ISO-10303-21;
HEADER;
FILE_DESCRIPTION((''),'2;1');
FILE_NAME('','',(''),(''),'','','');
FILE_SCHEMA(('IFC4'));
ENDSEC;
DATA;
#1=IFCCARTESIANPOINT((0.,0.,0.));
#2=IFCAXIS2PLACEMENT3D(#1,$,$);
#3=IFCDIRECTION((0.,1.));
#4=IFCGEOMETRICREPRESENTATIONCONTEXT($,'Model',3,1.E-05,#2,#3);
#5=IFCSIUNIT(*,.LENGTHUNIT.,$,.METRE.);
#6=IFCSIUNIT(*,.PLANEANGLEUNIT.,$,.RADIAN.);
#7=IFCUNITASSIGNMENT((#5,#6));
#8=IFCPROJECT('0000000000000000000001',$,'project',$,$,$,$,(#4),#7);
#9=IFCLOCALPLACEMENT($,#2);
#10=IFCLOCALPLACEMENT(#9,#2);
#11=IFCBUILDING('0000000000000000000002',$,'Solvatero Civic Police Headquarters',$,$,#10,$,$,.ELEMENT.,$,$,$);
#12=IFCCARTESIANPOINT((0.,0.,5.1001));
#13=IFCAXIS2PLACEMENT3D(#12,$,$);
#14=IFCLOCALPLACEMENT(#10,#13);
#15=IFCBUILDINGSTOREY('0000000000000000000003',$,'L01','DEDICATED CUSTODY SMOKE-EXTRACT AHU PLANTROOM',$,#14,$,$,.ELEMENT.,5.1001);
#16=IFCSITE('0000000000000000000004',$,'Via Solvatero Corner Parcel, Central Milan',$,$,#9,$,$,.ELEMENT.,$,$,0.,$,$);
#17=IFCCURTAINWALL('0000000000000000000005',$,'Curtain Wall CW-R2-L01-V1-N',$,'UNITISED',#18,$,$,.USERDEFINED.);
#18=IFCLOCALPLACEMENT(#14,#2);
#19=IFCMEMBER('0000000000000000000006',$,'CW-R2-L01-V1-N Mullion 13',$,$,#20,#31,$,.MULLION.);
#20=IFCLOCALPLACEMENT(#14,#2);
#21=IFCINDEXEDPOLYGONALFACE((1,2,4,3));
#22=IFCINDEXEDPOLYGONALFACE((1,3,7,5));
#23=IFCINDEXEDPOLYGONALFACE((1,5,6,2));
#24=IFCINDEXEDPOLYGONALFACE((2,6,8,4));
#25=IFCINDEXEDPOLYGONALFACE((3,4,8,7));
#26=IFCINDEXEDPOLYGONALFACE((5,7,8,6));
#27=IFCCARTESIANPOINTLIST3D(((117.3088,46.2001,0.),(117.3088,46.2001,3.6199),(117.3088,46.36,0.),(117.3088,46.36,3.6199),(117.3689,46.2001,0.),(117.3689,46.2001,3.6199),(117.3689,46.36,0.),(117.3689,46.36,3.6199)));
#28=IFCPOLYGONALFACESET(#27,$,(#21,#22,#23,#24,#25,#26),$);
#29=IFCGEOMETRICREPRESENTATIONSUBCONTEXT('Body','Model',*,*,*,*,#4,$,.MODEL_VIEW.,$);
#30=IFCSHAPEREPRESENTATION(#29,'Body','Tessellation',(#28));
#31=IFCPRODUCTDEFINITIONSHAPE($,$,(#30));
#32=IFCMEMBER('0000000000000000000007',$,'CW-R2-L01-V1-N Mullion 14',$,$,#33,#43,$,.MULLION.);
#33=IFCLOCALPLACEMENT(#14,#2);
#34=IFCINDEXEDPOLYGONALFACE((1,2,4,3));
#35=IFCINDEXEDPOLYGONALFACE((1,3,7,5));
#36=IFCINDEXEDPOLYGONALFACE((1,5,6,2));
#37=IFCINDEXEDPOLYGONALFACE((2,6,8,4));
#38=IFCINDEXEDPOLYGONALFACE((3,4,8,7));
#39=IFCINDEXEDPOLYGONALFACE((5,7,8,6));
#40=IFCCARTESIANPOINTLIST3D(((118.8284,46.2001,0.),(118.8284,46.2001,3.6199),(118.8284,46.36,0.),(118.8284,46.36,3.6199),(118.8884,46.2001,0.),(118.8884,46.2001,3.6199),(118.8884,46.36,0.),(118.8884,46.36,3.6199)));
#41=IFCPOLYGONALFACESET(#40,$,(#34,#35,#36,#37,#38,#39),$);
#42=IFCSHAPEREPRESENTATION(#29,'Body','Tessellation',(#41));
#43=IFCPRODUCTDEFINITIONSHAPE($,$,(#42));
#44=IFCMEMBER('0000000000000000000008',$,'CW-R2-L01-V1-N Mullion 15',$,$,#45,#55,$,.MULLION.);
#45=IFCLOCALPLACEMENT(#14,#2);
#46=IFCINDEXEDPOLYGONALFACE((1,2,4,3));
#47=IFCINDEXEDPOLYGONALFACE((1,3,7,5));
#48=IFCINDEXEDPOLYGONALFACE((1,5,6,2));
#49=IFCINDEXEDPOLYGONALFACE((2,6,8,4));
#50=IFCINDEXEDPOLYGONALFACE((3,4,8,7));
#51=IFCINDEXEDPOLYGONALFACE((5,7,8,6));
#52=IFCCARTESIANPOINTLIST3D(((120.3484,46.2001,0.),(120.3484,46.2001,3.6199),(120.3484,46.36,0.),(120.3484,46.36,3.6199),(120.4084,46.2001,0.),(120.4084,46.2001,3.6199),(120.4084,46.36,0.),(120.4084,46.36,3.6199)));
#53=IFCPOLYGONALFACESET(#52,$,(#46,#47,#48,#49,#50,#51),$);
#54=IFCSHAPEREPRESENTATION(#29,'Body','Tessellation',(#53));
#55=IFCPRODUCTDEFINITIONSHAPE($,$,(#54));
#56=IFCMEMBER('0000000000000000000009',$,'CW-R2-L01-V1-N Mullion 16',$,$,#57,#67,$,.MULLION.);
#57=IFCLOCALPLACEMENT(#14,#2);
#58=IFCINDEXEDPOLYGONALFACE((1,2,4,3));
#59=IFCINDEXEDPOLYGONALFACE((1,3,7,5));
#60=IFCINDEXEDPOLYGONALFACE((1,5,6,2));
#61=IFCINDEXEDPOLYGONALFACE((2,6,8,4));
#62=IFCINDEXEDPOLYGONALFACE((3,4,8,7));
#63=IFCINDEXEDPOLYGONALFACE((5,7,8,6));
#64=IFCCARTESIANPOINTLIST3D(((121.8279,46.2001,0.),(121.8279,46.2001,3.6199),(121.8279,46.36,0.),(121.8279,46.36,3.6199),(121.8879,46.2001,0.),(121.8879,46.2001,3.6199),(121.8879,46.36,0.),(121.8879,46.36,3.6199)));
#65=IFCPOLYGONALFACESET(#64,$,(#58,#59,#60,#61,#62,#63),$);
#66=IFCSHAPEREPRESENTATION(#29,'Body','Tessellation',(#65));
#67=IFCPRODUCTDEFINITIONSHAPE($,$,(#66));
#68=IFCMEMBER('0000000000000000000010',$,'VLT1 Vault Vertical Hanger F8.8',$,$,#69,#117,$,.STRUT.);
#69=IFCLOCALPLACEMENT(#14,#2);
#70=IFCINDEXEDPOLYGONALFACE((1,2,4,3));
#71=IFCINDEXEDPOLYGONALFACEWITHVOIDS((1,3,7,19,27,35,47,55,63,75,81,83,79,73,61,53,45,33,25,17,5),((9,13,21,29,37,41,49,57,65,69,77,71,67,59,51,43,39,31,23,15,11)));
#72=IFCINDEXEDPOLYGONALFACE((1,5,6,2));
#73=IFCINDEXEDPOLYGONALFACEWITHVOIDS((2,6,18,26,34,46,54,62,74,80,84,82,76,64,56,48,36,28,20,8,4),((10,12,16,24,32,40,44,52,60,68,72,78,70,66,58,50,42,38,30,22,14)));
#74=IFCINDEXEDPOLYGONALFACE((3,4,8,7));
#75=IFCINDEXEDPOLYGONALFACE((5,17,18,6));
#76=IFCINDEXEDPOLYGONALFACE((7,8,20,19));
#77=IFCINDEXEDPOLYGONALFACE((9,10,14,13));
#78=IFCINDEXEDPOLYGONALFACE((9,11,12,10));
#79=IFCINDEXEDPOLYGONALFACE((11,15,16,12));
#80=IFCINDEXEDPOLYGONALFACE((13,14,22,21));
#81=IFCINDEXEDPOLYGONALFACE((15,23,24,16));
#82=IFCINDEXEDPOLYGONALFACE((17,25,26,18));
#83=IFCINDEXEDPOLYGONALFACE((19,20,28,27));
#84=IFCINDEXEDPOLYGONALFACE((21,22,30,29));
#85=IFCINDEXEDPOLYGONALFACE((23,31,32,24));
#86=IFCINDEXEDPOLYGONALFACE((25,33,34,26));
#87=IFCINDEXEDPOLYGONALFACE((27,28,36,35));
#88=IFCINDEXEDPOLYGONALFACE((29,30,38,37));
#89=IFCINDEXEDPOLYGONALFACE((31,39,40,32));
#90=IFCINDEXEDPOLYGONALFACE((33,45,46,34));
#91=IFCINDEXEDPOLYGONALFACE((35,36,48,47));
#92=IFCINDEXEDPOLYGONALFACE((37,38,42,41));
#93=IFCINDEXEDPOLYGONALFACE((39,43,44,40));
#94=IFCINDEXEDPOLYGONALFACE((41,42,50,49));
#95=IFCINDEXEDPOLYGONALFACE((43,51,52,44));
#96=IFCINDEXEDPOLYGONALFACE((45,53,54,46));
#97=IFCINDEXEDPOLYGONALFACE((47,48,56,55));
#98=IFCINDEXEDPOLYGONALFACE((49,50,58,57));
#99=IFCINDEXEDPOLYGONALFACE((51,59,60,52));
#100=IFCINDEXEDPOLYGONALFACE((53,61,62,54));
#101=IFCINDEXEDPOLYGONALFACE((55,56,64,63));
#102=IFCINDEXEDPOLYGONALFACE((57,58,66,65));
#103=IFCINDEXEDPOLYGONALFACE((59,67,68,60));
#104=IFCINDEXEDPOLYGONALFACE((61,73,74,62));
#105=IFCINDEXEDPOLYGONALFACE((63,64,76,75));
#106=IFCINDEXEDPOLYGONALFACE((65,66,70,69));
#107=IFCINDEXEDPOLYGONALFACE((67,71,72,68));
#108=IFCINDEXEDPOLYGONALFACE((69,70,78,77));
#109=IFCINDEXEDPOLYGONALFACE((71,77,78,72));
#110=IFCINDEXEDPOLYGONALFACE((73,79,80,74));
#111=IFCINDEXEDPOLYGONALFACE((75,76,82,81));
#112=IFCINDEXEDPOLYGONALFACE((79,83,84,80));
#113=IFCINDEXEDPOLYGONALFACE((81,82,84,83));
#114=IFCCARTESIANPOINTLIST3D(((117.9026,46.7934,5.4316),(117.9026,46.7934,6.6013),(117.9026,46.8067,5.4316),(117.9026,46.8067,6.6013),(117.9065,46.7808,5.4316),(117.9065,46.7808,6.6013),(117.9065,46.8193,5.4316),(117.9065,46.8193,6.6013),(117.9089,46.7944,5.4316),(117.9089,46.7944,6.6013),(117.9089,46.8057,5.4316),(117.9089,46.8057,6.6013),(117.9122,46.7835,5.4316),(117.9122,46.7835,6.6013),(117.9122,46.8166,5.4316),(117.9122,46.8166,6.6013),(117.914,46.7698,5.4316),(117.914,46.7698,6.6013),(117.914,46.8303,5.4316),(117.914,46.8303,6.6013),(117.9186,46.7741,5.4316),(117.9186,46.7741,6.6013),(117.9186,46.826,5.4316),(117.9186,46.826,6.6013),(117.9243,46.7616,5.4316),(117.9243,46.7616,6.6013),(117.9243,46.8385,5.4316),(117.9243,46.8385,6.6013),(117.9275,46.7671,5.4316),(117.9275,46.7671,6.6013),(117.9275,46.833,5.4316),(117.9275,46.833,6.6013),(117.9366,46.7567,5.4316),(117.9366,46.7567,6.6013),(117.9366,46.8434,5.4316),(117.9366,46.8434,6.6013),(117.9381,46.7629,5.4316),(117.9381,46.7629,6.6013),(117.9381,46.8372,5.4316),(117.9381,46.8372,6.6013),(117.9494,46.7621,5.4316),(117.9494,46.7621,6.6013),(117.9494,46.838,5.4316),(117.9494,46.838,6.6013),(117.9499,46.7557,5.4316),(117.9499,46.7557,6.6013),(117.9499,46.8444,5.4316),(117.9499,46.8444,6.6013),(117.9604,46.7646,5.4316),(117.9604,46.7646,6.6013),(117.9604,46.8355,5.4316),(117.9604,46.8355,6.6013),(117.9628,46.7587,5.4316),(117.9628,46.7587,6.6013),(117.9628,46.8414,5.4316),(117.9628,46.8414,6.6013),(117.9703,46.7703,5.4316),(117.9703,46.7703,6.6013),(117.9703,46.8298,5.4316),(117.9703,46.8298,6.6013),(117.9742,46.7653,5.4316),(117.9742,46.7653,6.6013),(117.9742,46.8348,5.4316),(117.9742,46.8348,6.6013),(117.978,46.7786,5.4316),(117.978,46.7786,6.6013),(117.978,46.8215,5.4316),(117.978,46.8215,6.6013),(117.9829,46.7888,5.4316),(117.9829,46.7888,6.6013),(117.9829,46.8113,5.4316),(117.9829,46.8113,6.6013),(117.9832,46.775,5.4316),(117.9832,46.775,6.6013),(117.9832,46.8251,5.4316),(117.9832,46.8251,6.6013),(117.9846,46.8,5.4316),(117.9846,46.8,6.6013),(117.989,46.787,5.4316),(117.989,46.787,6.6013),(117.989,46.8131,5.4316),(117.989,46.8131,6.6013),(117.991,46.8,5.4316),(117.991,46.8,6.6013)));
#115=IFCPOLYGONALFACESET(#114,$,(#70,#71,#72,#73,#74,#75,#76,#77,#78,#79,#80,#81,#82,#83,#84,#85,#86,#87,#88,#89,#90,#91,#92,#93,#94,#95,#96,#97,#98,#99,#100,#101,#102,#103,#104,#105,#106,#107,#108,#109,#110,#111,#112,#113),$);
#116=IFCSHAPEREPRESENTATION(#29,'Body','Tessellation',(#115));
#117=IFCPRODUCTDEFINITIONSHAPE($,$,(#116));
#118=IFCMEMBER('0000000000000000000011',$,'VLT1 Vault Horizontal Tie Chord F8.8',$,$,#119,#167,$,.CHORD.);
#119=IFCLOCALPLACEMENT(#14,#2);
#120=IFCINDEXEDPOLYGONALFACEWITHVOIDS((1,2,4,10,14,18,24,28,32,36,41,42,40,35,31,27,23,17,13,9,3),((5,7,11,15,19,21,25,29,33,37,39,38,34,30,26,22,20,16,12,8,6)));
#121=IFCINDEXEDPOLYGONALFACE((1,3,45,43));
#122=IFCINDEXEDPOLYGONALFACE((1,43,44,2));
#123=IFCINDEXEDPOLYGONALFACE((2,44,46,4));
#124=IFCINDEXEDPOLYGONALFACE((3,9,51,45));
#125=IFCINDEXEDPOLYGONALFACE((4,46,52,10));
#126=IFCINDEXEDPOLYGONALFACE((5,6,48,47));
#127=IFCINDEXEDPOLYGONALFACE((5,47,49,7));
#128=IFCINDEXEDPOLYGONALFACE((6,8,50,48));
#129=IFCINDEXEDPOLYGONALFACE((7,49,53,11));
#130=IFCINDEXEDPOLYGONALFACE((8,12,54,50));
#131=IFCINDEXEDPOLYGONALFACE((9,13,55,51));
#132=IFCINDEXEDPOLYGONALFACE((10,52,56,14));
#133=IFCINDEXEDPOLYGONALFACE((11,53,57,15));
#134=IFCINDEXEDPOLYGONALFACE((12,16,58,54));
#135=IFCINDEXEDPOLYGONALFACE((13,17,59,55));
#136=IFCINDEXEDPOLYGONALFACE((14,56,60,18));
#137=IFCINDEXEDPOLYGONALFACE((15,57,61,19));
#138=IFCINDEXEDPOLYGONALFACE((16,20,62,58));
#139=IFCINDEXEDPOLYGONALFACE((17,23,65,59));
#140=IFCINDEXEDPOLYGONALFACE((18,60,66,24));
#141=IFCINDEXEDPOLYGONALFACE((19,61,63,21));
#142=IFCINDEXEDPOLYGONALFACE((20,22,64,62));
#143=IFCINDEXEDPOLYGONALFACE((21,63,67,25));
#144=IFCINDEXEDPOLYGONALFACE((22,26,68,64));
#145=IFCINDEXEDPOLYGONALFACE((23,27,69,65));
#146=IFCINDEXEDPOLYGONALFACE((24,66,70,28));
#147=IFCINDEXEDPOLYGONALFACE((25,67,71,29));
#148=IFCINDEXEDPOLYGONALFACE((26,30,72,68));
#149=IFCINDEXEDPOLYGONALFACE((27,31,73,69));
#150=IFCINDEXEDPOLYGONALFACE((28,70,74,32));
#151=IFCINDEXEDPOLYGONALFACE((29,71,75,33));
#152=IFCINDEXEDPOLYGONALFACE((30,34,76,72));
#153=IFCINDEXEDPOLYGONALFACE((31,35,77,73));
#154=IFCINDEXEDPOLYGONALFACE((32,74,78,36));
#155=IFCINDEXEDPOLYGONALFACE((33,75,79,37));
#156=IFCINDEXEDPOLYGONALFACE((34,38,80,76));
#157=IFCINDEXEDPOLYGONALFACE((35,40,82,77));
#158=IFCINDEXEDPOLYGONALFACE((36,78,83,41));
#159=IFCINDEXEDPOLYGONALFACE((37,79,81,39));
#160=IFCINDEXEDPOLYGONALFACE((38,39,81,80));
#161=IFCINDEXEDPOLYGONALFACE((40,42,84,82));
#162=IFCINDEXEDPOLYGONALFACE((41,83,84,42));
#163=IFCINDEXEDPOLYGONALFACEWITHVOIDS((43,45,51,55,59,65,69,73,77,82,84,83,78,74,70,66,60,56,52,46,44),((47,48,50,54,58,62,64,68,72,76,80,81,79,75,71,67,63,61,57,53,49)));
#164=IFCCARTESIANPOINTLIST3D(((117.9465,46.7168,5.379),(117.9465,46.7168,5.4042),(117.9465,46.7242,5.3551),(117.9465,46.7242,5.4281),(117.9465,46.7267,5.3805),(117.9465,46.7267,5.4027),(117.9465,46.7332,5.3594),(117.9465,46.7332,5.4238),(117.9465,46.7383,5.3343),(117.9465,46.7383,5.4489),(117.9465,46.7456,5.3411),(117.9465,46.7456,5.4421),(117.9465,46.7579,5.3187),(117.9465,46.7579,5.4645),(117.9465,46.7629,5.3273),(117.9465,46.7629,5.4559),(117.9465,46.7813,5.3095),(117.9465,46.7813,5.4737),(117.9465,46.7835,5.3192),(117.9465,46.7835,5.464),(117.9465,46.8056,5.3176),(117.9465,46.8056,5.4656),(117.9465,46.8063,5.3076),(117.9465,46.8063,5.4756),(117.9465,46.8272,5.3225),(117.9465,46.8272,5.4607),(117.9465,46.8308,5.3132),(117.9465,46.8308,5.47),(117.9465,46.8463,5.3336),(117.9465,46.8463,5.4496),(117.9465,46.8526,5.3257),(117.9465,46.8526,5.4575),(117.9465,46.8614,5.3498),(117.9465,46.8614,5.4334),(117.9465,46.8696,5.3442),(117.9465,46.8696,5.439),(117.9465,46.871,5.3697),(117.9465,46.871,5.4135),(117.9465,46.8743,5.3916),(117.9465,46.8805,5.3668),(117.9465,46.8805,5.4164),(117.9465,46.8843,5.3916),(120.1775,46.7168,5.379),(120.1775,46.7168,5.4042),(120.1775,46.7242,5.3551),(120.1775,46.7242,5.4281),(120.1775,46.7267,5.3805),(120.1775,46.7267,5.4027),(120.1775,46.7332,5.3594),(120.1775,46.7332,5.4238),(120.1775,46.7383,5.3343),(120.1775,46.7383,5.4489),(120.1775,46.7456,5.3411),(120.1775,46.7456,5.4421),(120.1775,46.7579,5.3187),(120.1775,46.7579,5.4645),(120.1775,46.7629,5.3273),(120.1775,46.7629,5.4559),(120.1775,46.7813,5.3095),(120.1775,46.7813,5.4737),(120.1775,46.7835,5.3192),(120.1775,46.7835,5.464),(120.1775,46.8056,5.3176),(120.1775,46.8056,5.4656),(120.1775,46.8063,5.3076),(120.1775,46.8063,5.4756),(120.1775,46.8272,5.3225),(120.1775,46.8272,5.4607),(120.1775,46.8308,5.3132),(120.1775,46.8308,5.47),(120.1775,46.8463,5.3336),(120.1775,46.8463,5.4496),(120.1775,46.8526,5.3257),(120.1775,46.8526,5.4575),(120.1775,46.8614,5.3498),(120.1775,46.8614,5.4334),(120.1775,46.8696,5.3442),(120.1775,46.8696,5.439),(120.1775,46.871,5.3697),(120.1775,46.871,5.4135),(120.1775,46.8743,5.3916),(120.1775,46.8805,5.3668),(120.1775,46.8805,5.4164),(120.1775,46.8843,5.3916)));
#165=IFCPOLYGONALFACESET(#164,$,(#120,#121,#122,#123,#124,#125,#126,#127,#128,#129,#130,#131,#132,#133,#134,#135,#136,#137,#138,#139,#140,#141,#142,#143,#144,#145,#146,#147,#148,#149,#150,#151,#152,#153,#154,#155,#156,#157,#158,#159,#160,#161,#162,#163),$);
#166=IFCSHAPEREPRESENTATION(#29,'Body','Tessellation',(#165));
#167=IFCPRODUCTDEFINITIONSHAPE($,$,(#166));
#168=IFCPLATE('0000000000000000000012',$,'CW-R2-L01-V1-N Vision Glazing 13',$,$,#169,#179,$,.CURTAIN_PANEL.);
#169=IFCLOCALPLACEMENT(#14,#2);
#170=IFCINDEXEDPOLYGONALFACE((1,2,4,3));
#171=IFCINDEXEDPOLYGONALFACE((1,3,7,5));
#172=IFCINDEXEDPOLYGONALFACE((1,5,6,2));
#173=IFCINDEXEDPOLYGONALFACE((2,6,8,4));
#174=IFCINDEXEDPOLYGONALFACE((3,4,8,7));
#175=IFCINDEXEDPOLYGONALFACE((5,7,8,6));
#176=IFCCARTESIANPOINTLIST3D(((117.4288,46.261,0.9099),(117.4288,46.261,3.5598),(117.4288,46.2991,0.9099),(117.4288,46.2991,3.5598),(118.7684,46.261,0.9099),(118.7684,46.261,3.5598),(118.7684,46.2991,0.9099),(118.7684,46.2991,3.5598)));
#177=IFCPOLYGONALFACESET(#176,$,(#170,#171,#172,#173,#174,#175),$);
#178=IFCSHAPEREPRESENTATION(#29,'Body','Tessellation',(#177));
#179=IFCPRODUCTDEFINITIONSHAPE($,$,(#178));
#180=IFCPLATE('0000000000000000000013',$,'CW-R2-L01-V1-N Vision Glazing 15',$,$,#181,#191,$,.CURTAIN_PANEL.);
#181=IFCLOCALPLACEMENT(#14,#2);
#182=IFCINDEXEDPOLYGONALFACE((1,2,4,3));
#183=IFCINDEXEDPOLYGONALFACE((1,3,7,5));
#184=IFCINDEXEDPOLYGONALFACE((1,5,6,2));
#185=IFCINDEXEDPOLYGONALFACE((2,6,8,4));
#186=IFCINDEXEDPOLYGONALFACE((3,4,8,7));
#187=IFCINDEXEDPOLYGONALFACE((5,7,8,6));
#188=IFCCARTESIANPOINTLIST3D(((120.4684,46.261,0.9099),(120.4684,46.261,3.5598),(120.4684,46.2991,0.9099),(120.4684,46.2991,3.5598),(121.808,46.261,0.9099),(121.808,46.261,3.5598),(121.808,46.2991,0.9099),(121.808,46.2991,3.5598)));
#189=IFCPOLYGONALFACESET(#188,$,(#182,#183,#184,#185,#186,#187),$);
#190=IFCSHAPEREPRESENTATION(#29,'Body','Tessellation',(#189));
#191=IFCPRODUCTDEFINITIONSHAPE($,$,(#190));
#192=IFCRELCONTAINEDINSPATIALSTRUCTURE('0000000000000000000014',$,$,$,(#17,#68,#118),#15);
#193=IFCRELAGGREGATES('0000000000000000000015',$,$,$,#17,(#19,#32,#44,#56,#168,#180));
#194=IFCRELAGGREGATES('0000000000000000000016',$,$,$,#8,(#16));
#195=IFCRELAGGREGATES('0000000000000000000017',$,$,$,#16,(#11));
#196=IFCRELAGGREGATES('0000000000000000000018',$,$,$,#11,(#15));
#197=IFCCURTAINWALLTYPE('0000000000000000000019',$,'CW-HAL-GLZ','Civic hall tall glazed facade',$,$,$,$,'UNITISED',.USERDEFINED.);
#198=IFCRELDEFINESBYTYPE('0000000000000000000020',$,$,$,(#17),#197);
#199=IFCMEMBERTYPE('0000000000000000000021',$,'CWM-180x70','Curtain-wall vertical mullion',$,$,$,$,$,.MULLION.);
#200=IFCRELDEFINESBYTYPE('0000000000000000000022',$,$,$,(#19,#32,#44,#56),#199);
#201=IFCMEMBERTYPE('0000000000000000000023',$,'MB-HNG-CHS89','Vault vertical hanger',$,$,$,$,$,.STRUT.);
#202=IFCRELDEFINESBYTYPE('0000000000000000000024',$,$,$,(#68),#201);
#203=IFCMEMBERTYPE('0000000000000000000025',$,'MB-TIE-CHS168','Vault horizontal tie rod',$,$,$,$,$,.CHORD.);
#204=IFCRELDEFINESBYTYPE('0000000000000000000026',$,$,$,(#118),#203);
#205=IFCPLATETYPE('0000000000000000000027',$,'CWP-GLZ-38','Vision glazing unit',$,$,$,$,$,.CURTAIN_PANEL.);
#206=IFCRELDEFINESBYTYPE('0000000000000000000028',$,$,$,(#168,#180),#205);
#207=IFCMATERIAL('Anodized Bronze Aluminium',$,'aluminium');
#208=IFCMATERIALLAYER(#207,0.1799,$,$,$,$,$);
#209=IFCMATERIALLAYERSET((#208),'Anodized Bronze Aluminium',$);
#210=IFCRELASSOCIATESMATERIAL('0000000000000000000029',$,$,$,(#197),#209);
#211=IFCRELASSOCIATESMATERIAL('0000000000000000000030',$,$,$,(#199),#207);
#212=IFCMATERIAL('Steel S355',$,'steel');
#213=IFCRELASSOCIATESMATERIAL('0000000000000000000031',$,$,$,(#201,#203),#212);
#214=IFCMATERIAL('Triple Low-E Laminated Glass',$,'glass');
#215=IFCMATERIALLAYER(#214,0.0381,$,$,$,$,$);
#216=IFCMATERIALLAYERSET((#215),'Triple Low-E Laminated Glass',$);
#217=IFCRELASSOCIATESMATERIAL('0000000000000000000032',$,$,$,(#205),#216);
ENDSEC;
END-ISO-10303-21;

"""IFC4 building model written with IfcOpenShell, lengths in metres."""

from ifc_helpers import new_model, si_unit, direction, frame, origin, origin_2d, place, context, subcontext, project, spatial, rectangle, hollow_circle, extrude, material, layer, layer_set, material_profile, profile_set, type_object, element, aggregate, save


model = new_model("IFC4")

# Units and contexts
model_context = context("Model", 3, precision=1e-05, world=origin(), true_north=direction((0.0, 1.0)))
body_context = subcontext(model_context, "Body", "Model", "MODEL_VIEW")
ifc_project = project(units=[si_unit("LENGTHUNIT", "METRE"), si_unit("PLANEANGLEUNIT", "RADIAN")], contexts=[model_context])

# Site, building, storey
site_placement = place(None, origin())
site = spatial("IfcSite", under=ifc_project, at=site_placement, Name="Via Solvatero Corner Parcel, Central Milan", CompositionType="ELEMENT", RefElevation=0.0)
building_placement = place(site_placement, origin())
building = spatial("IfcBuilding", under=site, at=building_placement, Name="Solvatero Civic Police Headquarters", CompositionType="ELEMENT")
storey_placement = place(building_placement, frame((0.0, 0.0, 5.1001)))
storey = spatial("IfcBuildingStorey", under=building, at=storey_placement, Name="L01", Description="DEDICATED CUSTODY SMOKE-EXTRACT AHU PLANTROOM", CompositionType="ELEMENT", Elevation=5.1001)

# Shared definitions
ifc_material_1 = material(Name="Steel S355", Category="steel")

# Curtain wall, members
ifc_material_2 = material(Name="Anodized Bronze Aluminium", Category="aluminium")
ifc_layer_1 = layer(ifc_material_2, 0.1799)
ifc_layer_set_1 = layer_set([ifc_layer_1], Name="Anodized Bronze Aluminium")
curtain_wall_type_1 = type_object("IfcCurtainWallType", Name="CW-HAL-GLZ", Description="Civic hall tall glazed facade", ElementType="UNITISED", PredefinedType="USERDEFINED", material=ifc_layer_set_1)
curtain_wall_1_placement = place(storey_placement, origin())
curtain_wall_1 = element("IfcCurtainWall", 1, at=curtain_wall_1_placement, inside=storey, type_object=curtain_wall_type_1, Name="Curtain Wall CW-R2-L01-V1-N", ObjectType="UNITISED", PredefinedType="USERDEFINED")
ifc_material_profile_1 = material_profile(ifc_material_2, rectangle(XDim=0.0601, YDim=0.1599, at=origin_2d()), Name="ALU MULLION 60x160")
ifc_profile_set_1 = profile_set([ifc_material_profile_1], Name="Anodized Bronze Aluminium")
member_type_1 = type_object("IfcMemberType", Name="CWM-180x70", Description="Curtain-wall vertical mullion", PredefinedType="MULLION", material=ifc_profile_set_1)
member_1_placement = place(storey_placement, frame((117.3389, 46.28, 0.0), z_axis=(0.0, 0.0, 1.0), x_axis=(1.0, 0.0, 0.0)))
member_1 = element("IfcMember", 2, at=member_1_placement, type_object=member_type_1, Name="CW-R2-L01-V1-N Mullion 13", PredefinedType="MULLION", context=body_context, shape_type="SweptSolid", body=[
    extrude(rectangle(XDim=0.0601, YDim=0.1599, at=origin_2d()), origin(), (0.0, 0.0, 1.0), 3.6199),
])
member_2_placement = place(storey_placement, frame((118.8584, 46.28, 0.0), z_axis=(0.0, 0.0, 1.0), x_axis=(1.0, 0.0, 0.0)))
member_2 = element("IfcMember", 3, at=member_2_placement, type_object=member_type_1, Name="CW-R2-L01-V1-N Mullion 14", PredefinedType="MULLION", context=body_context, shape_type="SweptSolid", body=[
    extrude(rectangle(XDim=0.0601, YDim=0.1599, at=origin_2d()), origin(), (0.0, 0.0, 1.0), 3.6199),
])
member_3_placement = place(storey_placement, frame((120.3784, 46.28, 0.0), z_axis=(0.0, 0.0, 1.0), x_axis=(1.0, 0.0, 0.0)))
member_3 = element("IfcMember", 4, at=member_3_placement, type_object=member_type_1, Name="CW-R2-L01-V1-N Mullion 15", PredefinedType="MULLION", context=body_context, shape_type="SweptSolid", body=[
    extrude(rectangle(XDim=0.0601, YDim=0.1599, at=origin_2d()), origin(), (0.0, 0.0, 1.0), 3.6199),
])
member_4_placement = place(storey_placement, frame((121.8579, 46.28, 0.0), z_axis=(0.0, 0.0, 1.0), x_axis=(1.0, 0.0, 0.0)))
member_4 = element("IfcMember", 5, at=member_4_placement, type_object=member_type_1, Name="CW-R2-L01-V1-N Mullion 16", PredefinedType="MULLION", context=body_context, shape_type="SweptSolid", body=[
    extrude(rectangle(XDim=0.0601, YDim=0.1599, at=origin_2d()), origin(), (0.0, 0.0, 1.0), 3.6199),
])

# Members
ifc_material_profile_2 = material_profile(ifc_material_1, hollow_circle(Radius=0.0444, WallThickness=0.0063, at=origin_2d()), Name="CHS 88.9x6.3")
ifc_profile_set_2 = profile_set([ifc_material_profile_2], Name="Steel S355")
member_type_2 = type_object("IfcMemberType", Name="MB-HNG-CHS89", Description="Vault vertical hanger", PredefinedType="STRUT", material=ifc_profile_set_2)
member_5_placement = place(storey_placement, frame((117.9465, 46.8, 5.4316), z_axis=(0.0, 0.0, 1.0), x_axis=(1.0, 0.0, 0.0)))
element("IfcMember", 6, at=member_5_placement, inside=storey, type_object=member_type_2, Name="VLT1 Vault Vertical Hanger F8.8", PredefinedType="STRUT", context=body_context, shape_type="SweptSolid", body=[
    extrude(hollow_circle(Radius=0.0444, WallThickness=0.0063, at=origin_2d()), origin(), (0.0, 0.0, 1.0), 1.1697),
])
ifc_material_profile_3 = material_profile(ifc_material_1, hollow_circle(Radius=0.0842, WallThickness=0.01, at=origin_2d()), Name="CHS 168.3x10.0")
ifc_profile_set_3 = profile_set([ifc_material_profile_3], Name="Steel S355")
member_type_3 = type_object("IfcMemberType", Name="MB-TIE-CHS168", Description="Vault horizontal tie rod", PredefinedType="CHORD", material=ifc_profile_set_3)
member_6_placement = place(storey_placement, frame((117.9465, 46.8, 5.3916), z_axis=(1.0, 0.0, 0.0), x_axis=(0.0, 1.0, 0.0)))
element("IfcMember", 7, at=member_6_placement, inside=storey, type_object=member_type_3, Name="VLT1 Vault Horizontal Tie Chord F8.8", PredefinedType="CHORD", context=body_context, shape_type="SweptSolid", body=[
    extrude(hollow_circle(Radius=0.0842, WallThickness=0.01, at=origin_2d()), origin(), (0.0, 0.0, 1.0), 2.231),
])

# Plates
ifc_material_3 = material(Name="Triple Low-E Laminated Glass", Category="glass")
ifc_layer_2 = layer(ifc_material_3, 0.0381)
ifc_layer_set_2 = layer_set([ifc_layer_2], Name="Triple Low-E Laminated Glass")
plate_type_1 = type_object("IfcPlateType", Name="CWP-GLZ-38", Description="Vision glazing unit", PredefinedType="CURTAIN_PANEL", material=ifc_layer_set_2)
plate_1_placement = place(storey_placement, frame((118.0986, 46.28, 0.9099), z_axis=(0.0, 0.0, 1.0), x_axis=(1.0, 0.0, 0.0)))
plate_1 = element("IfcPlate", 8, at=plate_1_placement, type_object=plate_type_1, Name="CW-R2-L01-V1-N Vision Glazing 13", PredefinedType="CURTAIN_PANEL", context=body_context, shape_type="SweptSolid", body=[
    extrude(rectangle(XDim=1.3396, YDim=0.0381, at=origin_2d()), origin(), (0.0, 0.0, 1.0), 2.6499),
])
plate_2_placement = place(storey_placement, frame((121.1382, 46.28, 0.9099), z_axis=(0.0, 0.0, 1.0), x_axis=(1.0, 0.0, 0.0)))
plate_2 = element("IfcPlate", 9, at=plate_2_placement, type_object=plate_type_1, Name="CW-R2-L01-V1-N Vision Glazing 15", PredefinedType="CURTAIN_PANEL", context=body_context, shape_type="SweptSolid", body=[
    extrude(rectangle(XDim=1.3396, YDim=0.0381, at=origin_2d()), origin(), (0.0, 0.0, 1.0), 2.6499),
])
aggregate(curtain_wall_1, [member_1, member_2, member_3, member_4, plate_1, plate_2])

save(model, "model.ifc")
